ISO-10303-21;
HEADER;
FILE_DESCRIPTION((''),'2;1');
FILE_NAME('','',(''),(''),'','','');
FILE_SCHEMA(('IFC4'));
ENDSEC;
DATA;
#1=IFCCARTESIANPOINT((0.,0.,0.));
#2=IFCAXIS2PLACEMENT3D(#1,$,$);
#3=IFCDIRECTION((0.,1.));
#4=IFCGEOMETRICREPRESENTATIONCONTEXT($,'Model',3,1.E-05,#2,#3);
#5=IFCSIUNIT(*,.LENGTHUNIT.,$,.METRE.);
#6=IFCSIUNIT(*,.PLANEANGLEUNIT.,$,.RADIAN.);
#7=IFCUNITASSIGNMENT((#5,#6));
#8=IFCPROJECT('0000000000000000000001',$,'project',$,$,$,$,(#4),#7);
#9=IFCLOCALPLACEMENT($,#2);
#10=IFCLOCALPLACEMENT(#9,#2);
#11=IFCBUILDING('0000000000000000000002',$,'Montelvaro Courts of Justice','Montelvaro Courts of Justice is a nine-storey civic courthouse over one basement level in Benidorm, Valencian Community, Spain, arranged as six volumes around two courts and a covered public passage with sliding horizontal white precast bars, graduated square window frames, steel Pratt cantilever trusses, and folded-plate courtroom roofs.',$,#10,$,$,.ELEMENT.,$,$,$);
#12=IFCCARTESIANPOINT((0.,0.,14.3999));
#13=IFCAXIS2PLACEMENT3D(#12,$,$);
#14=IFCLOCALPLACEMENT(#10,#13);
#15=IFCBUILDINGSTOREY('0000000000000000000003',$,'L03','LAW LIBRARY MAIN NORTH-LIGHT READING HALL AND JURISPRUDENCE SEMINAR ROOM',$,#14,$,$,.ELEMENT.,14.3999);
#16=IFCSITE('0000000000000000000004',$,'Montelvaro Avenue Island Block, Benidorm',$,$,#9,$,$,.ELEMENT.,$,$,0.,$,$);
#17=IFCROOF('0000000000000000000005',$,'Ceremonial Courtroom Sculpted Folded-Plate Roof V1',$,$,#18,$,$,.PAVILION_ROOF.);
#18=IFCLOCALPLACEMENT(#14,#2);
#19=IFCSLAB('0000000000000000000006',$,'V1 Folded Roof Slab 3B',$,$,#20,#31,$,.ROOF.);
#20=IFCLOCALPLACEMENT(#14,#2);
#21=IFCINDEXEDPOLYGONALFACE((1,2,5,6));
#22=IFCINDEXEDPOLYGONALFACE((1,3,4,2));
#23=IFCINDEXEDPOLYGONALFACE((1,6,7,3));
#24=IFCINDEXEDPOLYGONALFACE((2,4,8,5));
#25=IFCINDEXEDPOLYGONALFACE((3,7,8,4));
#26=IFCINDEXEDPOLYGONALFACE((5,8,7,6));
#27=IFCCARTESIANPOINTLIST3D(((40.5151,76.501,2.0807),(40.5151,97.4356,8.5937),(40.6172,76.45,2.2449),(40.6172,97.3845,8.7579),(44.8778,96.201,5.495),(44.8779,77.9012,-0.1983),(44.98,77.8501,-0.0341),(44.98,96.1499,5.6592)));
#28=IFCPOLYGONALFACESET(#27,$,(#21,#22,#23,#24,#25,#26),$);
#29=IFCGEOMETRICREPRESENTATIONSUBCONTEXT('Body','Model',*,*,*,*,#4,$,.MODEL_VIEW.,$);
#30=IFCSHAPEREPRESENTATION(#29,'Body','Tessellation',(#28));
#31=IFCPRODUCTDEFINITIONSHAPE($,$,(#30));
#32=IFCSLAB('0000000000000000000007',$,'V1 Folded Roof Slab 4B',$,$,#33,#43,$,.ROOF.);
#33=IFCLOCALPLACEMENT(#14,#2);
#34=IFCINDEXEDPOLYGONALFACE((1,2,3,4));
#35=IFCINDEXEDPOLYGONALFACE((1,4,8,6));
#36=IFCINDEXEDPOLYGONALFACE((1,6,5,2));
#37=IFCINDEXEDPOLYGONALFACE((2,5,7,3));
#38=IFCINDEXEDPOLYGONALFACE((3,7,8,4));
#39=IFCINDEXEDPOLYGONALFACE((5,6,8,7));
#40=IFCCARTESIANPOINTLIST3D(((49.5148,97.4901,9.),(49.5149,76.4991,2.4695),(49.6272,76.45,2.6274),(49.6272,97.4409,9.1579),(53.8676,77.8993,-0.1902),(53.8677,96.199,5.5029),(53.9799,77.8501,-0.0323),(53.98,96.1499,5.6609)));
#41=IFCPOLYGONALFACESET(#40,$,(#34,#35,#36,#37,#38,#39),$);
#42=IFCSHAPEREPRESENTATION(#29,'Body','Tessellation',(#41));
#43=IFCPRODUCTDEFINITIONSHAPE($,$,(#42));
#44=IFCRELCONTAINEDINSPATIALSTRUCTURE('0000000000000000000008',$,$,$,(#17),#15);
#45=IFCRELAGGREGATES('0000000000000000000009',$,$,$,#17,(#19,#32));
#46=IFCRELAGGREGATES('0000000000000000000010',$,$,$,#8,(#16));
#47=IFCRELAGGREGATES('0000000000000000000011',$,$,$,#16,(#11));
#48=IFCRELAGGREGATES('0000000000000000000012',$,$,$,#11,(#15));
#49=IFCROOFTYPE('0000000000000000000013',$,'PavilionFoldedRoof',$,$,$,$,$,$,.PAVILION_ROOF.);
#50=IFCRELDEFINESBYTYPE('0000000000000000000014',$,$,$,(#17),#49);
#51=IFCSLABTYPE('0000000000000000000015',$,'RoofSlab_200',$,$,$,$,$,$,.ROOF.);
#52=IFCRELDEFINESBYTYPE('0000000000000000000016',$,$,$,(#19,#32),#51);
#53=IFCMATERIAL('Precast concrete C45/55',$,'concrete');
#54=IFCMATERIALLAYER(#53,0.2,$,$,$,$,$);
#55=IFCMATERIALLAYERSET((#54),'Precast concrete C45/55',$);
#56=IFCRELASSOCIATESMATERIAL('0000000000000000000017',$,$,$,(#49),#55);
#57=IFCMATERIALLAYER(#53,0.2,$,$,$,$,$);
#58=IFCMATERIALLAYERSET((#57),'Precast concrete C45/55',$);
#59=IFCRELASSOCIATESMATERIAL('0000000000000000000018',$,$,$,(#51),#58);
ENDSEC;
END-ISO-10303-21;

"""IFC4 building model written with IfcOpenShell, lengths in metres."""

from ifc_helpers import new_model, si_unit, direction, frame, origin, place, context, subcontext, project, spatial, polyline, outline, extrude, material, layer, layer_set, type_object, element, aggregate, save


model = new_model("IFC4")

# Units and contexts
model_context = context("Model", 3, precision=1e-05, world=origin(), true_north=direction((0.0, 1.0)))
body_context = subcontext(model_context, "Body", "Model", "MODEL_VIEW")
ifc_project = project(units=[si_unit("LENGTHUNIT", "METRE"), si_unit("PLANEANGLEUNIT", "RADIAN")], contexts=[model_context])

# Site, building, storey
site_placement = place(None, origin())
site = spatial("IfcSite", under=ifc_project, at=site_placement, Name="Montelvaro Avenue Island Block, Benidorm", CompositionType="ELEMENT", RefElevation=0.0)
building_placement = place(site_placement, origin())
building = spatial("IfcBuilding", under=site, at=building_placement, Name="Montelvaro Courts of Justice", Description="Montelvaro Courts of Justice is a nine-storey civic courthouse over one basement level in Benidorm, Valencian Community, Spain, arranged as six volumes around two courts and a covered public passage with sliding horizontal white precast bars, graduated square window frames, steel Pratt cantilever trusses, and folded-plate courtroom roofs.", CompositionType="ELEMENT")
storey_placement = place(building_placement, frame((0.0, 0.0, 14.3999)))
storey = spatial("IfcBuildingStorey", under=building, at=storey_placement, Name="L03", Description="LAW LIBRARY MAIN NORTH-LIGHT READING HALL AND JURISPRUDENCE SEMINAR ROOM", CompositionType="ELEMENT", Elevation=14.3999)

# Roof, slabs
ifc_material_1 = material(Name="Precast concrete C45/55", Category="concrete")
ifc_layer_1 = layer(ifc_material_1, 0.2)
ifc_layer_set_1 = layer_set([ifc_layer_1], Name="Precast concrete C45/55")
roof_type = type_object("IfcRoofType", Name="PavilionFoldedRoof", PredefinedType="PAVILION_ROOF", material=ifc_layer_set_1)
roof_placement = place(storey_placement, origin())
roof = element("IfcRoof", 1, at=roof_placement, inside=storey, type_object=roof_type, Name="Ceremonial Courtroom Sculpted Folded-Plate Roof V1", PredefinedType="PAVILION_ROOF")
ifc_layer_2 = layer(ifc_material_1, 0.2)
ifc_layer_set_2 = layer_set([ifc_layer_2], Name="Precast concrete C45/55")
slab_type = type_object("IfcSlabType", Name="RoofSlab_200", PredefinedType="ROOF", material=ifc_layer_set_2)
slab_1_placement = place(storey_placement, frame((40.6172, 76.45, 2.2449), z_axis=(0.510777, -0.255393, 0.820903), x_axis=(0.852535, 0.273599, -0.44534)))
slab_1 = element("IfcSlab", 2, at=slab_1_placement, type_object=slab_type, Name="V1 Folded Roof Slab 3B", PredefinedType="ROOF", context=body_context, shape_type="SweptSolid", body=[
    extrude(outline(polyline([(0.0, 0.0), (5.1175, 0.0), (7.5888, 19.005), (2.8272, 21.7412), (0.0, 0.0)])), origin(), (0.0, 0.0, -1.0), 0.2),
])
slab_2_placement = place(storey_placement, frame((49.6272, 76.45, 2.6274), z_axis=(0.561754, -0.245761, 0.789958), x_axis=(0.822872, 0.264696, -0.502811)))
slab_2 = element("IfcSlab", 3, at=slab_2_placement, type_object=slab_type, Name="V1 Folded Roof Slab 4B", PredefinedType="ROOF", context=body_context, shape_type="SweptSolid", body=[
    extrude(outline(polyline([(0.0, 0.0), (5.2897, 0.0), (7.271, 19.0622), (2.2726, 21.8656), (0.0, 0.0)])), origin(), (0.0, 0.0, -1.0), 0.2),
])
aggregate(roof, [slab_1, slab_2])

save(model, "model.ifc")
